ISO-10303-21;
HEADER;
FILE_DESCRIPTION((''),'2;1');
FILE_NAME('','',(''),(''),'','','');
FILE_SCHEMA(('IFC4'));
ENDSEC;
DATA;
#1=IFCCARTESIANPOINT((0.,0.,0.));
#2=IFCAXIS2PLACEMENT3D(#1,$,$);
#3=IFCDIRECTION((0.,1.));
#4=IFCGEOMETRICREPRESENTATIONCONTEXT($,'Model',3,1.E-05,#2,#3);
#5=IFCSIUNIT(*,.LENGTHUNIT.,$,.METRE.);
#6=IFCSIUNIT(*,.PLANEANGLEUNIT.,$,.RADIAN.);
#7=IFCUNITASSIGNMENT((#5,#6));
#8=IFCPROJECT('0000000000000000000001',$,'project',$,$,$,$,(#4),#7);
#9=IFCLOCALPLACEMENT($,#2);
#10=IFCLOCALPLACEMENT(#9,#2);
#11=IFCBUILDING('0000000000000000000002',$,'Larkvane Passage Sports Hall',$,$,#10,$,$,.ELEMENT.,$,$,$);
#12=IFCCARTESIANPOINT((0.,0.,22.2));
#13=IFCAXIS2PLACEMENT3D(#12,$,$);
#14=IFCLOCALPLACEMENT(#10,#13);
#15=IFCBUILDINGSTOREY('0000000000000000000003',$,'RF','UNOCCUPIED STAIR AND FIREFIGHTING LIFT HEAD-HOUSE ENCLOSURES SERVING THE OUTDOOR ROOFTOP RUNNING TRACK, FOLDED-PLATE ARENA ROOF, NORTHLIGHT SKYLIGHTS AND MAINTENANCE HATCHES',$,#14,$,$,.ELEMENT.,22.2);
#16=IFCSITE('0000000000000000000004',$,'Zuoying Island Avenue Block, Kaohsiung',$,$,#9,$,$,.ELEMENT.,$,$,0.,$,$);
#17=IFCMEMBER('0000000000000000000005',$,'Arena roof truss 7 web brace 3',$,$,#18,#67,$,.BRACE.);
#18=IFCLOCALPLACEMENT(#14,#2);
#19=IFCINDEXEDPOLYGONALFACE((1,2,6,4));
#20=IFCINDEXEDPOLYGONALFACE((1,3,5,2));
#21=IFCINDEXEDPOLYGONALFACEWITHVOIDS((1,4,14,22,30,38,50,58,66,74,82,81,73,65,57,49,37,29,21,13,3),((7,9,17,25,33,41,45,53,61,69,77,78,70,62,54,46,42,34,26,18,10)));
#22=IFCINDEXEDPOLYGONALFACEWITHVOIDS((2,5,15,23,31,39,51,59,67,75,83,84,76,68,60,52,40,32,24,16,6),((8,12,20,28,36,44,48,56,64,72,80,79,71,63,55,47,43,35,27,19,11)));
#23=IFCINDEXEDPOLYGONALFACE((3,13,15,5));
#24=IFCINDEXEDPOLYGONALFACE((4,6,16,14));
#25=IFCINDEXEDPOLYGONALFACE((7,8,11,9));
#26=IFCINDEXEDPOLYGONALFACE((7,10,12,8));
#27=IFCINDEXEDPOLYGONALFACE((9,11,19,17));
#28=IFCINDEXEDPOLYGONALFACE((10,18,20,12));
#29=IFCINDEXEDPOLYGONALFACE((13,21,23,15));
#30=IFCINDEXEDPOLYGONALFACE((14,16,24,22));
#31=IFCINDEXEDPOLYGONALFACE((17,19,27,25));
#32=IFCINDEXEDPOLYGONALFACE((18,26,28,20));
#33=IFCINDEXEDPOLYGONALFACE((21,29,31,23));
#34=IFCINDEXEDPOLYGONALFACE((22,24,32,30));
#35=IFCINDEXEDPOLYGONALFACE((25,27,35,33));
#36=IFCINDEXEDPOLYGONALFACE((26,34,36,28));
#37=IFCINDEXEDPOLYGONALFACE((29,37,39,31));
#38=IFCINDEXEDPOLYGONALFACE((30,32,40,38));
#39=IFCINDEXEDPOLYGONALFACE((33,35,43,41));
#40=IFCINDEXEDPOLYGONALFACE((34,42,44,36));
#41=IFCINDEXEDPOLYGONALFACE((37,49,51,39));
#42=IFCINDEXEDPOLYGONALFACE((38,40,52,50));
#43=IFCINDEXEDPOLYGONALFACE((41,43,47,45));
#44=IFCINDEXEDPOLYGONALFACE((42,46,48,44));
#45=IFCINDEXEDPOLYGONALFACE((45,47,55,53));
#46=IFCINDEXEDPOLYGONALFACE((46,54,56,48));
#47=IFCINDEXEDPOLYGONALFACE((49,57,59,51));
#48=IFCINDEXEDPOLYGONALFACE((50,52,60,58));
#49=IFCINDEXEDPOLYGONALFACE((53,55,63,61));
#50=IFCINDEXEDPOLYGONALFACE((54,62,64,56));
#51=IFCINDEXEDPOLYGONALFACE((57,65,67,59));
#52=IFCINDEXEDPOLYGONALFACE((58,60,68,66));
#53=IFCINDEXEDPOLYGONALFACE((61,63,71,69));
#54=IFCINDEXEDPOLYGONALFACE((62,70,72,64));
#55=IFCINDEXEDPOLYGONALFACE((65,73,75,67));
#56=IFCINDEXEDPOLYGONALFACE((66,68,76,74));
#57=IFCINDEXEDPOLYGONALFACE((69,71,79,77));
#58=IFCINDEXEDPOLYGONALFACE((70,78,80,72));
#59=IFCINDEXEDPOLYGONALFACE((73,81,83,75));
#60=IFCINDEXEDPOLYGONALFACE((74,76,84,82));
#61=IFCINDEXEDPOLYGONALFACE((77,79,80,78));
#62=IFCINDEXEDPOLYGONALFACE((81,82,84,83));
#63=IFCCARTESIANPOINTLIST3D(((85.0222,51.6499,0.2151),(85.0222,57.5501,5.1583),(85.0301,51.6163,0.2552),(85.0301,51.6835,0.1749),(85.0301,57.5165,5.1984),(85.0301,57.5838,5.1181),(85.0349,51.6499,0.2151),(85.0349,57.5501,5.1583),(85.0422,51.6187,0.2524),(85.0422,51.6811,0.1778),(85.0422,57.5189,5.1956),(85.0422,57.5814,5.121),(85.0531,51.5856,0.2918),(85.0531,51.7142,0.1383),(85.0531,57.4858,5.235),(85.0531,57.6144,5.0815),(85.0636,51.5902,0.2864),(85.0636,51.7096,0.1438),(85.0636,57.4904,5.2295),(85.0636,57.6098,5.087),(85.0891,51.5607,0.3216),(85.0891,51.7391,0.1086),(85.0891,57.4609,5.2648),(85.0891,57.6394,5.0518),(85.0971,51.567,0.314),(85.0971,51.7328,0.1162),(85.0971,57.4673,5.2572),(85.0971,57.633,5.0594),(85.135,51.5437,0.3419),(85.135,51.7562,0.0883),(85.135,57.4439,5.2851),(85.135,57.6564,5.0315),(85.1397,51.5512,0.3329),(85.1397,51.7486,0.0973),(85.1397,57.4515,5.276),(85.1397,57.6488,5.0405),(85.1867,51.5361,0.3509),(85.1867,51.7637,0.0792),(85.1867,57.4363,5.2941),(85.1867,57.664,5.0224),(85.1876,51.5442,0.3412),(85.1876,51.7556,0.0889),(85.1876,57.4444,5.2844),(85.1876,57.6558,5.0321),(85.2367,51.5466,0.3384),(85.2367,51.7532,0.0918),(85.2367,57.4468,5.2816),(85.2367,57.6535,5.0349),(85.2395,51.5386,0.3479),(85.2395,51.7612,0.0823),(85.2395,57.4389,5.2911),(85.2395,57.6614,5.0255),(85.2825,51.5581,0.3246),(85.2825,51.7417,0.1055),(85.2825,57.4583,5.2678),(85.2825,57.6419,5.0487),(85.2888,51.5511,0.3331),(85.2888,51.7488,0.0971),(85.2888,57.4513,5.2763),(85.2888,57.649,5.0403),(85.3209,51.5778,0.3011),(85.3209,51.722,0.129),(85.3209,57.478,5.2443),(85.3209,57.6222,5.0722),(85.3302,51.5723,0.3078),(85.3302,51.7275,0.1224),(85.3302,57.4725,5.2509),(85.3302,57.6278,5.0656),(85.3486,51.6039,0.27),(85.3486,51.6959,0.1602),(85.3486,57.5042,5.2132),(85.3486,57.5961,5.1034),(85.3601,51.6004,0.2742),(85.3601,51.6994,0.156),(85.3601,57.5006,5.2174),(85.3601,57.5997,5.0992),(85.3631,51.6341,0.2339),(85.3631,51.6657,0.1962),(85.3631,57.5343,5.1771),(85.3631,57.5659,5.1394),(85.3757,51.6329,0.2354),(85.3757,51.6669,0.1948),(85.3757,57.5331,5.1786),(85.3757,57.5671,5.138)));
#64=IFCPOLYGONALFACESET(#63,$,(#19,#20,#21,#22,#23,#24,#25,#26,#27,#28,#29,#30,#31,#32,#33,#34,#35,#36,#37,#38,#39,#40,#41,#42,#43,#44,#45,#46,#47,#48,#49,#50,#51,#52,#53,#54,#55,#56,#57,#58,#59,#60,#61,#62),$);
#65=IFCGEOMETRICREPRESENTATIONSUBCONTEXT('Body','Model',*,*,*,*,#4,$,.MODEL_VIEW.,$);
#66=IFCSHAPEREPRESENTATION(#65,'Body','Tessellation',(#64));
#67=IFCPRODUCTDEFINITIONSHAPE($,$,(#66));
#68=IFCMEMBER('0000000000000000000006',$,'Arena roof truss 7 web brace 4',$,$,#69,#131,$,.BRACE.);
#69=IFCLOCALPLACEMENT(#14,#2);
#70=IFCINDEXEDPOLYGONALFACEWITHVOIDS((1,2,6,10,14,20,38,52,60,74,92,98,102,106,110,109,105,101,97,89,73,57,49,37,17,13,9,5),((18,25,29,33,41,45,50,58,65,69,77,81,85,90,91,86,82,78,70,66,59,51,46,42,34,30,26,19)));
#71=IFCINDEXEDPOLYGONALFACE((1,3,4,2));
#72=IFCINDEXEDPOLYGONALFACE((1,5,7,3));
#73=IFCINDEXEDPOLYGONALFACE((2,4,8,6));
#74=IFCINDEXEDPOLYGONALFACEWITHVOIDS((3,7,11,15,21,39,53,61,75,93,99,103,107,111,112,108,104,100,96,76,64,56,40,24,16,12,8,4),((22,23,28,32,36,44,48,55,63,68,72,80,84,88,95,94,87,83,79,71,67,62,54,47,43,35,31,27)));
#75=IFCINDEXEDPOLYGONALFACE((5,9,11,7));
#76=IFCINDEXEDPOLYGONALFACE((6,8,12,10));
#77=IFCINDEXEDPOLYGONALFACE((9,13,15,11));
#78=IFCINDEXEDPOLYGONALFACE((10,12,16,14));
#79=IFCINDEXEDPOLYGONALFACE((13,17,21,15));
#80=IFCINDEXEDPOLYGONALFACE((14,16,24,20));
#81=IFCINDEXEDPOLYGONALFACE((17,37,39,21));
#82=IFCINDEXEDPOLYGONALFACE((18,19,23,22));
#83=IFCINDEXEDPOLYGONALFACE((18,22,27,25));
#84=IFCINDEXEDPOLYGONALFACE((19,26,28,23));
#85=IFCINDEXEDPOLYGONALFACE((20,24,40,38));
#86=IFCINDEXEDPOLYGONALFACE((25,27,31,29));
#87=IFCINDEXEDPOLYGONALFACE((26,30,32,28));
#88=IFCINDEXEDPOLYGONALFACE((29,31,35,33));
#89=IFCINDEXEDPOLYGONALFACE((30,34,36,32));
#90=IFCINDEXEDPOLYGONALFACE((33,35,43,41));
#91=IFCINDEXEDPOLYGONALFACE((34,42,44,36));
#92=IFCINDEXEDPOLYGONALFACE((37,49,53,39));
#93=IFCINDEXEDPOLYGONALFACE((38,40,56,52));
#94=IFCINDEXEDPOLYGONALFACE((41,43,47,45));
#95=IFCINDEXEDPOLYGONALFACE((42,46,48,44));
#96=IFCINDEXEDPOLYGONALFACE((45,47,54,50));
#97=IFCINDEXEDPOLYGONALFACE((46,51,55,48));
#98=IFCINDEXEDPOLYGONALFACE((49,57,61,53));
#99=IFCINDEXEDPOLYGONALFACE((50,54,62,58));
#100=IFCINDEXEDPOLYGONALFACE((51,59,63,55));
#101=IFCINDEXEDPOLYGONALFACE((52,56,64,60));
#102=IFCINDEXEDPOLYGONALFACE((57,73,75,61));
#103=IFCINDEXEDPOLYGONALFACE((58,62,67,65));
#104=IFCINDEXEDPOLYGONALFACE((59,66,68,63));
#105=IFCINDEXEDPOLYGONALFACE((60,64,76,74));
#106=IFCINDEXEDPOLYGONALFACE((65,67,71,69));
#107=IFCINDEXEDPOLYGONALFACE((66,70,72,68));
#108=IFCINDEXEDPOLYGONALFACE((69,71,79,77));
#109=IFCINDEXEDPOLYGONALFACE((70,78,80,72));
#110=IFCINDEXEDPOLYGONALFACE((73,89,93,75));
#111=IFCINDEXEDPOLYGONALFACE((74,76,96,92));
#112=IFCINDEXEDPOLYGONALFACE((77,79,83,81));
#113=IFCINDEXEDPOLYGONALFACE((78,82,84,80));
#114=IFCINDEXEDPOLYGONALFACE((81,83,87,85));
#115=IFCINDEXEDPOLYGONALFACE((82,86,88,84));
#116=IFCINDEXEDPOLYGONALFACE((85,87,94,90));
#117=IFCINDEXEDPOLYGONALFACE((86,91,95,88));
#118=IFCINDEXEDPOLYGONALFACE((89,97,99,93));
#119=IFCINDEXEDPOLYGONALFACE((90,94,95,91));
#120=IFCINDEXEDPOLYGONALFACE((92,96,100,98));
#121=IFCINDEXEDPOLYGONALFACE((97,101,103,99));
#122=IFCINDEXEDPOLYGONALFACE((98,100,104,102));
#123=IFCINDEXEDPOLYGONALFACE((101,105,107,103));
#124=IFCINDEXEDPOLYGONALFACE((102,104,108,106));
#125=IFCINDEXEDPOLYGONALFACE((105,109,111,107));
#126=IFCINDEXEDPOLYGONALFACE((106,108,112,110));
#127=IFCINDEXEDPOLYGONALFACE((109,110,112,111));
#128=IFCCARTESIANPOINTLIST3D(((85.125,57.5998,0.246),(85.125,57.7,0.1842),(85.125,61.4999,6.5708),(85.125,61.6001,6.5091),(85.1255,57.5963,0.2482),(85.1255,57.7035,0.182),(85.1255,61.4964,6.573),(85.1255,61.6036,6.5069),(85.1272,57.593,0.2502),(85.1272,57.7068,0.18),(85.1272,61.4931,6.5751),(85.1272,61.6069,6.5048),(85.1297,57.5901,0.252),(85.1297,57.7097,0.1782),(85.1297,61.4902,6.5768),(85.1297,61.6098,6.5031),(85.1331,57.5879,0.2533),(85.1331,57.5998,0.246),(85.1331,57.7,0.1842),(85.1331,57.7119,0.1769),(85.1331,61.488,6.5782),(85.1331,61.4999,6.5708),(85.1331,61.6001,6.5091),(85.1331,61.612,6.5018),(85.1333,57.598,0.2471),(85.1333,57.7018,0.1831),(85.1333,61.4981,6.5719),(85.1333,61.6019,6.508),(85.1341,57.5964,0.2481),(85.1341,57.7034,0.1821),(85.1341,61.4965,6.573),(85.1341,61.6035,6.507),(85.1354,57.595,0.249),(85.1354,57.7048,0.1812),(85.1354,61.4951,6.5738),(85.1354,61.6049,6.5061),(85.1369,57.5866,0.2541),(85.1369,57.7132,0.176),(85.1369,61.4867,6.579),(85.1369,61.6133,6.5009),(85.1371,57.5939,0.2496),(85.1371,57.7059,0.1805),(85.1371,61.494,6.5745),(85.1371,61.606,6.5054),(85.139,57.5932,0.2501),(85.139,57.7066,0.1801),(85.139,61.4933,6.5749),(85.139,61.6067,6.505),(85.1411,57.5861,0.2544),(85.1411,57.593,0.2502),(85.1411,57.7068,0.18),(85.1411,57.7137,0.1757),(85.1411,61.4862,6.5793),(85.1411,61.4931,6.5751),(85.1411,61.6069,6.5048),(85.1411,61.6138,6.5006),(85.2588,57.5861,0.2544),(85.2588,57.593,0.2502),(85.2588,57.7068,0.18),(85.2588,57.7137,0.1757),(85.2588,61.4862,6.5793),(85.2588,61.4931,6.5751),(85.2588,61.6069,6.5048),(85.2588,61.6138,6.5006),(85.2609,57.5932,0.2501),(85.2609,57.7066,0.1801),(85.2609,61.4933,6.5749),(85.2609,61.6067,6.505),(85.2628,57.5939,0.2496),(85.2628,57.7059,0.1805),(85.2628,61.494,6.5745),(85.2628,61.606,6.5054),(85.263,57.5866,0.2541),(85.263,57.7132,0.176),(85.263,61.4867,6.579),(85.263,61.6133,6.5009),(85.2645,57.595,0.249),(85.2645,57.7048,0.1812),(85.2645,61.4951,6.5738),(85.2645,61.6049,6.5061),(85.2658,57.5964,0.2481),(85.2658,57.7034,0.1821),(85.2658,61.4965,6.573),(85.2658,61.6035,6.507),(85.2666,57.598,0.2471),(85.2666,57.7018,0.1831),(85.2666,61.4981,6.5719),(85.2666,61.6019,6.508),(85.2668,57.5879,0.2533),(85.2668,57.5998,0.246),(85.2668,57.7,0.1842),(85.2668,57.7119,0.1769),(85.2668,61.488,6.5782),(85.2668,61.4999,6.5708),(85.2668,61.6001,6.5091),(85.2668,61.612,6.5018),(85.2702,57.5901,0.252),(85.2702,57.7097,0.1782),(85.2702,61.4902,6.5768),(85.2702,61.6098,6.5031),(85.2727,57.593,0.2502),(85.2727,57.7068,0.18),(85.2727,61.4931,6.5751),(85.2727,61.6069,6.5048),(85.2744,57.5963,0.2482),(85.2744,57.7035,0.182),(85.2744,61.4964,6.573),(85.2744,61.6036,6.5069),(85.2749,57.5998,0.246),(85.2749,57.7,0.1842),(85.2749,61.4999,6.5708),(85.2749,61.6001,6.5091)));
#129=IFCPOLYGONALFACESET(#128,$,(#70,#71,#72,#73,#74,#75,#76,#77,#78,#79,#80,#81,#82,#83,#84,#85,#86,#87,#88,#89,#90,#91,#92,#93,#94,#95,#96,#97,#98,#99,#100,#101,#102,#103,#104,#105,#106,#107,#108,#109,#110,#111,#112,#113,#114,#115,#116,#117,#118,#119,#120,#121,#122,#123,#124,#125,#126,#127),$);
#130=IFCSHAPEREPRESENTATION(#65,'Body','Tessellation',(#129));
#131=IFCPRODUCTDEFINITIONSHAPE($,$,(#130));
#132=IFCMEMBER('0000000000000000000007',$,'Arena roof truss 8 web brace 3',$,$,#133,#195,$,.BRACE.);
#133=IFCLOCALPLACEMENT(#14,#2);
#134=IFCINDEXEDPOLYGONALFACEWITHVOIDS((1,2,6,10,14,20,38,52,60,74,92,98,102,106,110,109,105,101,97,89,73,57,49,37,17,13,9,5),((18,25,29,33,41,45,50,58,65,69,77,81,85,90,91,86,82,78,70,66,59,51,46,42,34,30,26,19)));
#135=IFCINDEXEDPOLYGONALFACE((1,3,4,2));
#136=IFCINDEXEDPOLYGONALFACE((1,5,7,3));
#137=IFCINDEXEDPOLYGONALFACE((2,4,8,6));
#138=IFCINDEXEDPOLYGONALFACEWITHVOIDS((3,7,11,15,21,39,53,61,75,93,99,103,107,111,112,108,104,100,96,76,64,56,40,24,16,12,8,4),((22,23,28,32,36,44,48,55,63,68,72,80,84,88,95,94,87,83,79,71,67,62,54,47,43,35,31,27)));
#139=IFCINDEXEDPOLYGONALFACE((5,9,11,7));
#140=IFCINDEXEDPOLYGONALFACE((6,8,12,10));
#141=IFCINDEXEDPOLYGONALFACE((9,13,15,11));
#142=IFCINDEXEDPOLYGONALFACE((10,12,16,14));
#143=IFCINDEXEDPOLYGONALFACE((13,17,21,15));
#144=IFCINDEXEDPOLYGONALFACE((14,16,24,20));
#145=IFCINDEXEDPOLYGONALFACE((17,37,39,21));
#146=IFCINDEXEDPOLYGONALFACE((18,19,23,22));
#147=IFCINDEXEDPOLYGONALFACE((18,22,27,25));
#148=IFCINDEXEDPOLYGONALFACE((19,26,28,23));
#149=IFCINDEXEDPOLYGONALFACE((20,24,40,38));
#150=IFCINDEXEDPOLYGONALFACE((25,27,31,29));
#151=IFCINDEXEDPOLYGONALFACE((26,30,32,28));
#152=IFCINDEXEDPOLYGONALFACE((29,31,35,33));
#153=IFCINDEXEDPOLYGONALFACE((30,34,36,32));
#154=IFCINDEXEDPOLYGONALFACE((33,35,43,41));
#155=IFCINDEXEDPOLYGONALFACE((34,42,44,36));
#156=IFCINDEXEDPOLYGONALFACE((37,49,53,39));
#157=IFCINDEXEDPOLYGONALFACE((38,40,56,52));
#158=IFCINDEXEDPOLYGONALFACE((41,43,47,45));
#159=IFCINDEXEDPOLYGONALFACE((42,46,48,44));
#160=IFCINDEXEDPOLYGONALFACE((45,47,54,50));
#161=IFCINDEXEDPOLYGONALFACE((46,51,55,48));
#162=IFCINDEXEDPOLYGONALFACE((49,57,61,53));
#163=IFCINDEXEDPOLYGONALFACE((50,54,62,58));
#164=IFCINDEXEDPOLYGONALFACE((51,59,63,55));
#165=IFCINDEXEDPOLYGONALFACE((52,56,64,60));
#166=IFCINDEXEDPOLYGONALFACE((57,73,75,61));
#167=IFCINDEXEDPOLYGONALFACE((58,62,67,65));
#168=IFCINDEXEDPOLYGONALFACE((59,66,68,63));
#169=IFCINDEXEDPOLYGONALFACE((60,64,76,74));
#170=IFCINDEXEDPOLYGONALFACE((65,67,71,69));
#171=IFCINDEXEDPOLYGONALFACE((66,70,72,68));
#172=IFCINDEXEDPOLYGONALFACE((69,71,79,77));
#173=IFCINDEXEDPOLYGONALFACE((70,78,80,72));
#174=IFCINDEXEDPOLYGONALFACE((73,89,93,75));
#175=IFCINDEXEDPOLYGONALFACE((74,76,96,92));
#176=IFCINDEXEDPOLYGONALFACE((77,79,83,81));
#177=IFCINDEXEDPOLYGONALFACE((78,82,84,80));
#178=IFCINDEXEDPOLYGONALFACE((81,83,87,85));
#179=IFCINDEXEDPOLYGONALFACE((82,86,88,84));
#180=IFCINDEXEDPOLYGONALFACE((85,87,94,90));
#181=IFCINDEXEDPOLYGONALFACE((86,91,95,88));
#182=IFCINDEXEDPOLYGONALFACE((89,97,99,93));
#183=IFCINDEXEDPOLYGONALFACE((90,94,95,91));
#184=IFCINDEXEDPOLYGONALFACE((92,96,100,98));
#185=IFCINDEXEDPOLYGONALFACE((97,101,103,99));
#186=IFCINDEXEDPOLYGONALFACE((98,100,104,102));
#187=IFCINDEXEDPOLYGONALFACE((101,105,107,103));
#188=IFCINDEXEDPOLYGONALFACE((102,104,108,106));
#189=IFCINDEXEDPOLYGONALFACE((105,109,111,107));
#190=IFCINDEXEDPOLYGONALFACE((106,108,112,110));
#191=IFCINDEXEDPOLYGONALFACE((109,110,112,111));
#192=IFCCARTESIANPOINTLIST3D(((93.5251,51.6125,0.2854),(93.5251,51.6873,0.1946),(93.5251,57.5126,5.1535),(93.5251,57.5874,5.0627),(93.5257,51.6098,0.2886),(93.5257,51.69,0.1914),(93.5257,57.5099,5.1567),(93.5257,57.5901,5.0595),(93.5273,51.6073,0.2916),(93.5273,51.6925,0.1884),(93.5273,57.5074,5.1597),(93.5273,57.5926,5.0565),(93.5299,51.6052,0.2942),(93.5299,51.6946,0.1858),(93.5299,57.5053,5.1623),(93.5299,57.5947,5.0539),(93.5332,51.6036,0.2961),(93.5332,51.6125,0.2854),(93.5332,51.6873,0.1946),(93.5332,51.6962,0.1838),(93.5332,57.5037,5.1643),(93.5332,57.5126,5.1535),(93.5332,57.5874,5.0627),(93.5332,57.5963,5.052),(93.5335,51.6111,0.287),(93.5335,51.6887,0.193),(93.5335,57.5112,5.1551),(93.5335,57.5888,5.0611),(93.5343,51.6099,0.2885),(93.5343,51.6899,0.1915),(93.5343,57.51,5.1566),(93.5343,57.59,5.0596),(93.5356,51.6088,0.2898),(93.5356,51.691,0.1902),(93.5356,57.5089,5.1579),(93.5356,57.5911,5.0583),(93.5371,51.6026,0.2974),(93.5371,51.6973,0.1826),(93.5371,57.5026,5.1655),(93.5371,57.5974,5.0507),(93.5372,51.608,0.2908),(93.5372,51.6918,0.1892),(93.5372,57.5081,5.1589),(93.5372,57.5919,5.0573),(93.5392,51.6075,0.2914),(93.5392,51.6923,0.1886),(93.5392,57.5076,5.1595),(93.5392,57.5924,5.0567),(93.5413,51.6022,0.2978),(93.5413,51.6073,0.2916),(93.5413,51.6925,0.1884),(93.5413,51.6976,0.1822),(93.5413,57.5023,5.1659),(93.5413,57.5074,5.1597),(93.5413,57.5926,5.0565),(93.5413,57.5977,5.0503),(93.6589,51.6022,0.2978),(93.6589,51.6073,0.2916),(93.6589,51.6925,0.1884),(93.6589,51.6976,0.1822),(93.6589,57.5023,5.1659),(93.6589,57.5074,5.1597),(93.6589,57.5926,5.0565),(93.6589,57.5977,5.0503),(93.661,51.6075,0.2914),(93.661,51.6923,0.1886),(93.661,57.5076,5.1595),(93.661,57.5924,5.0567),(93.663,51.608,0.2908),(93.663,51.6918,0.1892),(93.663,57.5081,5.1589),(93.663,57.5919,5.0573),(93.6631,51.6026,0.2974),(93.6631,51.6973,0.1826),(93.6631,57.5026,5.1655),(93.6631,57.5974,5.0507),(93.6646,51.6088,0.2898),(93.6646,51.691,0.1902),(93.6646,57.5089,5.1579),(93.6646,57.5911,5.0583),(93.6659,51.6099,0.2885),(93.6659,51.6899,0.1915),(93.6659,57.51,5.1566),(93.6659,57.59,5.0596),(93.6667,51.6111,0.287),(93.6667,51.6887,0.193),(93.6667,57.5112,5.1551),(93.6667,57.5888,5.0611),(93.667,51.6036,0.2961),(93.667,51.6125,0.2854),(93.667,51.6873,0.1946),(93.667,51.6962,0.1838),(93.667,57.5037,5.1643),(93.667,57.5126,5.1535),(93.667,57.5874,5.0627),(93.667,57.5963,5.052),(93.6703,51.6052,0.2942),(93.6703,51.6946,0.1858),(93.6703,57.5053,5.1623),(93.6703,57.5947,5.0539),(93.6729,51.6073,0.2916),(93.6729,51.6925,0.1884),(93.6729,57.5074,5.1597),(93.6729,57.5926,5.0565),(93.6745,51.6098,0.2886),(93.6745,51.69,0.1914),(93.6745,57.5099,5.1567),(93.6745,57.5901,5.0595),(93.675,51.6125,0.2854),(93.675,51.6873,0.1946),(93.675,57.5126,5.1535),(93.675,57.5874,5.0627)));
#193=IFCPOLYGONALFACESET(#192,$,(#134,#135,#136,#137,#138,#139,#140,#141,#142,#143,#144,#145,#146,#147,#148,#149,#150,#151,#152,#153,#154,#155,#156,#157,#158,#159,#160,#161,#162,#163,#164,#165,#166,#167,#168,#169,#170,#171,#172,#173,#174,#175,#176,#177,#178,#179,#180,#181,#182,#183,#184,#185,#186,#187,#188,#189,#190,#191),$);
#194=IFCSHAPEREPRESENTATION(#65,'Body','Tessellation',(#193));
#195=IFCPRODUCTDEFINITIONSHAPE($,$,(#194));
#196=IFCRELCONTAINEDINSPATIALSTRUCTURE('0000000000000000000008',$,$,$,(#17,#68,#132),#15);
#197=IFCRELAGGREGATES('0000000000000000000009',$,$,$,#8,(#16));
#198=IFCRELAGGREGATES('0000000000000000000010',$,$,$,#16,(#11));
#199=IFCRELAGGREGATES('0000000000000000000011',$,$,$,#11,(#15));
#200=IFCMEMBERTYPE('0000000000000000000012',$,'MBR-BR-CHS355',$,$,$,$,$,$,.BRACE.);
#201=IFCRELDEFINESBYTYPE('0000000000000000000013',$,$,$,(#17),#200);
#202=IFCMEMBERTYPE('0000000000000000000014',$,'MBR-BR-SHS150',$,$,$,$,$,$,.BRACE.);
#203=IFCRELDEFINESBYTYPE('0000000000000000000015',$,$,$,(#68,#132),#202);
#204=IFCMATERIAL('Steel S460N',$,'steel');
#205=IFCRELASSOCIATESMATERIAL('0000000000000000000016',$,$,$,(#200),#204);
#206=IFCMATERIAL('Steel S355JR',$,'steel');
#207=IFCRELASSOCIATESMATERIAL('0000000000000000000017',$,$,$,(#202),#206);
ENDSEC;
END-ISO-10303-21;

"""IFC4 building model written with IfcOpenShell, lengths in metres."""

from ifc_helpers import new_model, si_unit, direction, frame, origin, origin_2d, place, context, subcontext, project, spatial, hollow_rectangle, hollow_circle, extrude, material, material_profile, profile_set, type_object, element, save


model = new_model("IFC4")

# Units and contexts
model_context = context("Model", 3, precision=1e-05, world=origin(), true_north=direction((0.0, 1.0)))
body_context = subcontext(model_context, "Body", "Model", "MODEL_VIEW")
ifc_project = project(units=[si_unit("LENGTHUNIT", "METRE"), si_unit("PLANEANGLEUNIT", "RADIAN")], contexts=[model_context])

# Site, building, storey
site_placement = place(None, origin())
site = spatial("IfcSite", under=ifc_project, at=site_placement, Name="Zuoying Island Avenue Block, Kaohsiung", CompositionType="ELEMENT", RefElevation=0.0)
building_placement = place(site_placement, origin())
building = spatial("IfcBuilding", under=site, at=building_placement, Name="Larkvane Passage Sports Hall", CompositionType="ELEMENT")
storey_placement = place(building_placement, frame((0.0, 0.0, 22.2)))
storey = spatial("IfcBuildingStorey", under=building, at=storey_placement, Name="RF", Description="UNOCCUPIED STAIR AND FIREFIGHTING LIFT HEAD-HOUSE ENCLOSURES SERVING THE OUTDOOR ROOFTOP RUNNING TRACK, FOLDED-PLATE ARENA ROOF, NORTHLIGHT SKYLIGHTS AND MAINTENANCE HATCHES", CompositionType="ELEMENT", Elevation=22.2)

# Members
ifc_material_1 = material(Name="Steel S460N", Category="steel")
ifc_material_profile_1 = material_profile(ifc_material_1, hollow_circle(Radius=0.1777, WallThickness=0.0127, at=origin_2d()), Name="CHS-355.6x12.7")
ifc_profile_set_1 = profile_set([ifc_material_profile_1], Name="Steel S460N")
member_type_1 = type_object("IfcMemberType", Name="MBR-BR-CHS355", PredefinedType="BRACE", material=ifc_profile_set_1)
member_1_placement = place(storey_placement, frame((85.2, 51.6499, 0.2151), z_axis=(0.0, 0.766537, 0.642201), x_axis=(-1.0, 0.0, 0.0)))
element("IfcMember", 1, at=member_1_placement, inside=storey, type_object=member_type_1, Name="Arena roof truss 7 web brace 3", PredefinedType="BRACE", context=body_context, shape_type="SweptSolid", body=[
    extrude(hollow_circle(Radius=0.1777, WallThickness=0.0127, at=origin_2d()), origin(), (0.0, 0.0, 1.0), 7.6973),
])
ifc_material_2 = material(Name="Steel S355JR", Category="steel")
ifc_material_profile_2 = material_profile(ifc_material_2, hollow_rectangle(XDim=0.1499, YDim=0.1499, WallThickness=0.0081, InnerFilletRadius=0.0081, OuterFilletRadius=0.0161, at=origin_2d()), Name="SHS-150x150x8")
ifc_profile_set_2 = profile_set([ifc_material_profile_2], Name="Steel S355JR")
member_type_2 = type_object("IfcMemberType", Name="MBR-BR-SHS150", PredefinedType="BRACE", material=ifc_profile_set_2)
member_2_placement = place(storey_placement, frame((85.2, 57.6499, 0.2151), z_axis=(0.0, 0.524865, 0.851185), x_axis=(-1.0, 0.0, 0.0)))
element("IfcMember", 2, at=member_2_placement, inside=storey, type_object=member_type_2, Name="Arena roof truss 7 web brace 4", PredefinedType="BRACE", context=body_context, shape_type="SweptSolid", body=[
    extrude(hollow_rectangle(XDim=0.1499, YDim=0.1499, WallThickness=0.0081, InnerFilletRadius=0.0081, OuterFilletRadius=0.0161, at=origin_2d()), origin(), (0.0, 0.0, 1.0), 7.4307),
])
member_3_placement = place(storey_placement, frame((93.6001, 51.6499, 0.24), z_axis=(0.0, 0.771338, 0.636425), x_axis=(-1.0, 0.0, 0.0)))
element("IfcMember", 3, at=member_3_placement, inside=storey, type_object=member_type_2, Name="Arena roof truss 8 web brace 3", PredefinedType="BRACE", context=body_context, shape_type="SweptSolid", body=[
    extrude(hollow_rectangle(XDim=0.1499, YDim=0.1499, WallThickness=0.0081, InnerFilletRadius=0.0081, OuterFilletRadius=0.0161, at=origin_2d()), origin(), (0.0, 0.0, 1.0), 7.6492),
])

save(model, "model.ifc")
